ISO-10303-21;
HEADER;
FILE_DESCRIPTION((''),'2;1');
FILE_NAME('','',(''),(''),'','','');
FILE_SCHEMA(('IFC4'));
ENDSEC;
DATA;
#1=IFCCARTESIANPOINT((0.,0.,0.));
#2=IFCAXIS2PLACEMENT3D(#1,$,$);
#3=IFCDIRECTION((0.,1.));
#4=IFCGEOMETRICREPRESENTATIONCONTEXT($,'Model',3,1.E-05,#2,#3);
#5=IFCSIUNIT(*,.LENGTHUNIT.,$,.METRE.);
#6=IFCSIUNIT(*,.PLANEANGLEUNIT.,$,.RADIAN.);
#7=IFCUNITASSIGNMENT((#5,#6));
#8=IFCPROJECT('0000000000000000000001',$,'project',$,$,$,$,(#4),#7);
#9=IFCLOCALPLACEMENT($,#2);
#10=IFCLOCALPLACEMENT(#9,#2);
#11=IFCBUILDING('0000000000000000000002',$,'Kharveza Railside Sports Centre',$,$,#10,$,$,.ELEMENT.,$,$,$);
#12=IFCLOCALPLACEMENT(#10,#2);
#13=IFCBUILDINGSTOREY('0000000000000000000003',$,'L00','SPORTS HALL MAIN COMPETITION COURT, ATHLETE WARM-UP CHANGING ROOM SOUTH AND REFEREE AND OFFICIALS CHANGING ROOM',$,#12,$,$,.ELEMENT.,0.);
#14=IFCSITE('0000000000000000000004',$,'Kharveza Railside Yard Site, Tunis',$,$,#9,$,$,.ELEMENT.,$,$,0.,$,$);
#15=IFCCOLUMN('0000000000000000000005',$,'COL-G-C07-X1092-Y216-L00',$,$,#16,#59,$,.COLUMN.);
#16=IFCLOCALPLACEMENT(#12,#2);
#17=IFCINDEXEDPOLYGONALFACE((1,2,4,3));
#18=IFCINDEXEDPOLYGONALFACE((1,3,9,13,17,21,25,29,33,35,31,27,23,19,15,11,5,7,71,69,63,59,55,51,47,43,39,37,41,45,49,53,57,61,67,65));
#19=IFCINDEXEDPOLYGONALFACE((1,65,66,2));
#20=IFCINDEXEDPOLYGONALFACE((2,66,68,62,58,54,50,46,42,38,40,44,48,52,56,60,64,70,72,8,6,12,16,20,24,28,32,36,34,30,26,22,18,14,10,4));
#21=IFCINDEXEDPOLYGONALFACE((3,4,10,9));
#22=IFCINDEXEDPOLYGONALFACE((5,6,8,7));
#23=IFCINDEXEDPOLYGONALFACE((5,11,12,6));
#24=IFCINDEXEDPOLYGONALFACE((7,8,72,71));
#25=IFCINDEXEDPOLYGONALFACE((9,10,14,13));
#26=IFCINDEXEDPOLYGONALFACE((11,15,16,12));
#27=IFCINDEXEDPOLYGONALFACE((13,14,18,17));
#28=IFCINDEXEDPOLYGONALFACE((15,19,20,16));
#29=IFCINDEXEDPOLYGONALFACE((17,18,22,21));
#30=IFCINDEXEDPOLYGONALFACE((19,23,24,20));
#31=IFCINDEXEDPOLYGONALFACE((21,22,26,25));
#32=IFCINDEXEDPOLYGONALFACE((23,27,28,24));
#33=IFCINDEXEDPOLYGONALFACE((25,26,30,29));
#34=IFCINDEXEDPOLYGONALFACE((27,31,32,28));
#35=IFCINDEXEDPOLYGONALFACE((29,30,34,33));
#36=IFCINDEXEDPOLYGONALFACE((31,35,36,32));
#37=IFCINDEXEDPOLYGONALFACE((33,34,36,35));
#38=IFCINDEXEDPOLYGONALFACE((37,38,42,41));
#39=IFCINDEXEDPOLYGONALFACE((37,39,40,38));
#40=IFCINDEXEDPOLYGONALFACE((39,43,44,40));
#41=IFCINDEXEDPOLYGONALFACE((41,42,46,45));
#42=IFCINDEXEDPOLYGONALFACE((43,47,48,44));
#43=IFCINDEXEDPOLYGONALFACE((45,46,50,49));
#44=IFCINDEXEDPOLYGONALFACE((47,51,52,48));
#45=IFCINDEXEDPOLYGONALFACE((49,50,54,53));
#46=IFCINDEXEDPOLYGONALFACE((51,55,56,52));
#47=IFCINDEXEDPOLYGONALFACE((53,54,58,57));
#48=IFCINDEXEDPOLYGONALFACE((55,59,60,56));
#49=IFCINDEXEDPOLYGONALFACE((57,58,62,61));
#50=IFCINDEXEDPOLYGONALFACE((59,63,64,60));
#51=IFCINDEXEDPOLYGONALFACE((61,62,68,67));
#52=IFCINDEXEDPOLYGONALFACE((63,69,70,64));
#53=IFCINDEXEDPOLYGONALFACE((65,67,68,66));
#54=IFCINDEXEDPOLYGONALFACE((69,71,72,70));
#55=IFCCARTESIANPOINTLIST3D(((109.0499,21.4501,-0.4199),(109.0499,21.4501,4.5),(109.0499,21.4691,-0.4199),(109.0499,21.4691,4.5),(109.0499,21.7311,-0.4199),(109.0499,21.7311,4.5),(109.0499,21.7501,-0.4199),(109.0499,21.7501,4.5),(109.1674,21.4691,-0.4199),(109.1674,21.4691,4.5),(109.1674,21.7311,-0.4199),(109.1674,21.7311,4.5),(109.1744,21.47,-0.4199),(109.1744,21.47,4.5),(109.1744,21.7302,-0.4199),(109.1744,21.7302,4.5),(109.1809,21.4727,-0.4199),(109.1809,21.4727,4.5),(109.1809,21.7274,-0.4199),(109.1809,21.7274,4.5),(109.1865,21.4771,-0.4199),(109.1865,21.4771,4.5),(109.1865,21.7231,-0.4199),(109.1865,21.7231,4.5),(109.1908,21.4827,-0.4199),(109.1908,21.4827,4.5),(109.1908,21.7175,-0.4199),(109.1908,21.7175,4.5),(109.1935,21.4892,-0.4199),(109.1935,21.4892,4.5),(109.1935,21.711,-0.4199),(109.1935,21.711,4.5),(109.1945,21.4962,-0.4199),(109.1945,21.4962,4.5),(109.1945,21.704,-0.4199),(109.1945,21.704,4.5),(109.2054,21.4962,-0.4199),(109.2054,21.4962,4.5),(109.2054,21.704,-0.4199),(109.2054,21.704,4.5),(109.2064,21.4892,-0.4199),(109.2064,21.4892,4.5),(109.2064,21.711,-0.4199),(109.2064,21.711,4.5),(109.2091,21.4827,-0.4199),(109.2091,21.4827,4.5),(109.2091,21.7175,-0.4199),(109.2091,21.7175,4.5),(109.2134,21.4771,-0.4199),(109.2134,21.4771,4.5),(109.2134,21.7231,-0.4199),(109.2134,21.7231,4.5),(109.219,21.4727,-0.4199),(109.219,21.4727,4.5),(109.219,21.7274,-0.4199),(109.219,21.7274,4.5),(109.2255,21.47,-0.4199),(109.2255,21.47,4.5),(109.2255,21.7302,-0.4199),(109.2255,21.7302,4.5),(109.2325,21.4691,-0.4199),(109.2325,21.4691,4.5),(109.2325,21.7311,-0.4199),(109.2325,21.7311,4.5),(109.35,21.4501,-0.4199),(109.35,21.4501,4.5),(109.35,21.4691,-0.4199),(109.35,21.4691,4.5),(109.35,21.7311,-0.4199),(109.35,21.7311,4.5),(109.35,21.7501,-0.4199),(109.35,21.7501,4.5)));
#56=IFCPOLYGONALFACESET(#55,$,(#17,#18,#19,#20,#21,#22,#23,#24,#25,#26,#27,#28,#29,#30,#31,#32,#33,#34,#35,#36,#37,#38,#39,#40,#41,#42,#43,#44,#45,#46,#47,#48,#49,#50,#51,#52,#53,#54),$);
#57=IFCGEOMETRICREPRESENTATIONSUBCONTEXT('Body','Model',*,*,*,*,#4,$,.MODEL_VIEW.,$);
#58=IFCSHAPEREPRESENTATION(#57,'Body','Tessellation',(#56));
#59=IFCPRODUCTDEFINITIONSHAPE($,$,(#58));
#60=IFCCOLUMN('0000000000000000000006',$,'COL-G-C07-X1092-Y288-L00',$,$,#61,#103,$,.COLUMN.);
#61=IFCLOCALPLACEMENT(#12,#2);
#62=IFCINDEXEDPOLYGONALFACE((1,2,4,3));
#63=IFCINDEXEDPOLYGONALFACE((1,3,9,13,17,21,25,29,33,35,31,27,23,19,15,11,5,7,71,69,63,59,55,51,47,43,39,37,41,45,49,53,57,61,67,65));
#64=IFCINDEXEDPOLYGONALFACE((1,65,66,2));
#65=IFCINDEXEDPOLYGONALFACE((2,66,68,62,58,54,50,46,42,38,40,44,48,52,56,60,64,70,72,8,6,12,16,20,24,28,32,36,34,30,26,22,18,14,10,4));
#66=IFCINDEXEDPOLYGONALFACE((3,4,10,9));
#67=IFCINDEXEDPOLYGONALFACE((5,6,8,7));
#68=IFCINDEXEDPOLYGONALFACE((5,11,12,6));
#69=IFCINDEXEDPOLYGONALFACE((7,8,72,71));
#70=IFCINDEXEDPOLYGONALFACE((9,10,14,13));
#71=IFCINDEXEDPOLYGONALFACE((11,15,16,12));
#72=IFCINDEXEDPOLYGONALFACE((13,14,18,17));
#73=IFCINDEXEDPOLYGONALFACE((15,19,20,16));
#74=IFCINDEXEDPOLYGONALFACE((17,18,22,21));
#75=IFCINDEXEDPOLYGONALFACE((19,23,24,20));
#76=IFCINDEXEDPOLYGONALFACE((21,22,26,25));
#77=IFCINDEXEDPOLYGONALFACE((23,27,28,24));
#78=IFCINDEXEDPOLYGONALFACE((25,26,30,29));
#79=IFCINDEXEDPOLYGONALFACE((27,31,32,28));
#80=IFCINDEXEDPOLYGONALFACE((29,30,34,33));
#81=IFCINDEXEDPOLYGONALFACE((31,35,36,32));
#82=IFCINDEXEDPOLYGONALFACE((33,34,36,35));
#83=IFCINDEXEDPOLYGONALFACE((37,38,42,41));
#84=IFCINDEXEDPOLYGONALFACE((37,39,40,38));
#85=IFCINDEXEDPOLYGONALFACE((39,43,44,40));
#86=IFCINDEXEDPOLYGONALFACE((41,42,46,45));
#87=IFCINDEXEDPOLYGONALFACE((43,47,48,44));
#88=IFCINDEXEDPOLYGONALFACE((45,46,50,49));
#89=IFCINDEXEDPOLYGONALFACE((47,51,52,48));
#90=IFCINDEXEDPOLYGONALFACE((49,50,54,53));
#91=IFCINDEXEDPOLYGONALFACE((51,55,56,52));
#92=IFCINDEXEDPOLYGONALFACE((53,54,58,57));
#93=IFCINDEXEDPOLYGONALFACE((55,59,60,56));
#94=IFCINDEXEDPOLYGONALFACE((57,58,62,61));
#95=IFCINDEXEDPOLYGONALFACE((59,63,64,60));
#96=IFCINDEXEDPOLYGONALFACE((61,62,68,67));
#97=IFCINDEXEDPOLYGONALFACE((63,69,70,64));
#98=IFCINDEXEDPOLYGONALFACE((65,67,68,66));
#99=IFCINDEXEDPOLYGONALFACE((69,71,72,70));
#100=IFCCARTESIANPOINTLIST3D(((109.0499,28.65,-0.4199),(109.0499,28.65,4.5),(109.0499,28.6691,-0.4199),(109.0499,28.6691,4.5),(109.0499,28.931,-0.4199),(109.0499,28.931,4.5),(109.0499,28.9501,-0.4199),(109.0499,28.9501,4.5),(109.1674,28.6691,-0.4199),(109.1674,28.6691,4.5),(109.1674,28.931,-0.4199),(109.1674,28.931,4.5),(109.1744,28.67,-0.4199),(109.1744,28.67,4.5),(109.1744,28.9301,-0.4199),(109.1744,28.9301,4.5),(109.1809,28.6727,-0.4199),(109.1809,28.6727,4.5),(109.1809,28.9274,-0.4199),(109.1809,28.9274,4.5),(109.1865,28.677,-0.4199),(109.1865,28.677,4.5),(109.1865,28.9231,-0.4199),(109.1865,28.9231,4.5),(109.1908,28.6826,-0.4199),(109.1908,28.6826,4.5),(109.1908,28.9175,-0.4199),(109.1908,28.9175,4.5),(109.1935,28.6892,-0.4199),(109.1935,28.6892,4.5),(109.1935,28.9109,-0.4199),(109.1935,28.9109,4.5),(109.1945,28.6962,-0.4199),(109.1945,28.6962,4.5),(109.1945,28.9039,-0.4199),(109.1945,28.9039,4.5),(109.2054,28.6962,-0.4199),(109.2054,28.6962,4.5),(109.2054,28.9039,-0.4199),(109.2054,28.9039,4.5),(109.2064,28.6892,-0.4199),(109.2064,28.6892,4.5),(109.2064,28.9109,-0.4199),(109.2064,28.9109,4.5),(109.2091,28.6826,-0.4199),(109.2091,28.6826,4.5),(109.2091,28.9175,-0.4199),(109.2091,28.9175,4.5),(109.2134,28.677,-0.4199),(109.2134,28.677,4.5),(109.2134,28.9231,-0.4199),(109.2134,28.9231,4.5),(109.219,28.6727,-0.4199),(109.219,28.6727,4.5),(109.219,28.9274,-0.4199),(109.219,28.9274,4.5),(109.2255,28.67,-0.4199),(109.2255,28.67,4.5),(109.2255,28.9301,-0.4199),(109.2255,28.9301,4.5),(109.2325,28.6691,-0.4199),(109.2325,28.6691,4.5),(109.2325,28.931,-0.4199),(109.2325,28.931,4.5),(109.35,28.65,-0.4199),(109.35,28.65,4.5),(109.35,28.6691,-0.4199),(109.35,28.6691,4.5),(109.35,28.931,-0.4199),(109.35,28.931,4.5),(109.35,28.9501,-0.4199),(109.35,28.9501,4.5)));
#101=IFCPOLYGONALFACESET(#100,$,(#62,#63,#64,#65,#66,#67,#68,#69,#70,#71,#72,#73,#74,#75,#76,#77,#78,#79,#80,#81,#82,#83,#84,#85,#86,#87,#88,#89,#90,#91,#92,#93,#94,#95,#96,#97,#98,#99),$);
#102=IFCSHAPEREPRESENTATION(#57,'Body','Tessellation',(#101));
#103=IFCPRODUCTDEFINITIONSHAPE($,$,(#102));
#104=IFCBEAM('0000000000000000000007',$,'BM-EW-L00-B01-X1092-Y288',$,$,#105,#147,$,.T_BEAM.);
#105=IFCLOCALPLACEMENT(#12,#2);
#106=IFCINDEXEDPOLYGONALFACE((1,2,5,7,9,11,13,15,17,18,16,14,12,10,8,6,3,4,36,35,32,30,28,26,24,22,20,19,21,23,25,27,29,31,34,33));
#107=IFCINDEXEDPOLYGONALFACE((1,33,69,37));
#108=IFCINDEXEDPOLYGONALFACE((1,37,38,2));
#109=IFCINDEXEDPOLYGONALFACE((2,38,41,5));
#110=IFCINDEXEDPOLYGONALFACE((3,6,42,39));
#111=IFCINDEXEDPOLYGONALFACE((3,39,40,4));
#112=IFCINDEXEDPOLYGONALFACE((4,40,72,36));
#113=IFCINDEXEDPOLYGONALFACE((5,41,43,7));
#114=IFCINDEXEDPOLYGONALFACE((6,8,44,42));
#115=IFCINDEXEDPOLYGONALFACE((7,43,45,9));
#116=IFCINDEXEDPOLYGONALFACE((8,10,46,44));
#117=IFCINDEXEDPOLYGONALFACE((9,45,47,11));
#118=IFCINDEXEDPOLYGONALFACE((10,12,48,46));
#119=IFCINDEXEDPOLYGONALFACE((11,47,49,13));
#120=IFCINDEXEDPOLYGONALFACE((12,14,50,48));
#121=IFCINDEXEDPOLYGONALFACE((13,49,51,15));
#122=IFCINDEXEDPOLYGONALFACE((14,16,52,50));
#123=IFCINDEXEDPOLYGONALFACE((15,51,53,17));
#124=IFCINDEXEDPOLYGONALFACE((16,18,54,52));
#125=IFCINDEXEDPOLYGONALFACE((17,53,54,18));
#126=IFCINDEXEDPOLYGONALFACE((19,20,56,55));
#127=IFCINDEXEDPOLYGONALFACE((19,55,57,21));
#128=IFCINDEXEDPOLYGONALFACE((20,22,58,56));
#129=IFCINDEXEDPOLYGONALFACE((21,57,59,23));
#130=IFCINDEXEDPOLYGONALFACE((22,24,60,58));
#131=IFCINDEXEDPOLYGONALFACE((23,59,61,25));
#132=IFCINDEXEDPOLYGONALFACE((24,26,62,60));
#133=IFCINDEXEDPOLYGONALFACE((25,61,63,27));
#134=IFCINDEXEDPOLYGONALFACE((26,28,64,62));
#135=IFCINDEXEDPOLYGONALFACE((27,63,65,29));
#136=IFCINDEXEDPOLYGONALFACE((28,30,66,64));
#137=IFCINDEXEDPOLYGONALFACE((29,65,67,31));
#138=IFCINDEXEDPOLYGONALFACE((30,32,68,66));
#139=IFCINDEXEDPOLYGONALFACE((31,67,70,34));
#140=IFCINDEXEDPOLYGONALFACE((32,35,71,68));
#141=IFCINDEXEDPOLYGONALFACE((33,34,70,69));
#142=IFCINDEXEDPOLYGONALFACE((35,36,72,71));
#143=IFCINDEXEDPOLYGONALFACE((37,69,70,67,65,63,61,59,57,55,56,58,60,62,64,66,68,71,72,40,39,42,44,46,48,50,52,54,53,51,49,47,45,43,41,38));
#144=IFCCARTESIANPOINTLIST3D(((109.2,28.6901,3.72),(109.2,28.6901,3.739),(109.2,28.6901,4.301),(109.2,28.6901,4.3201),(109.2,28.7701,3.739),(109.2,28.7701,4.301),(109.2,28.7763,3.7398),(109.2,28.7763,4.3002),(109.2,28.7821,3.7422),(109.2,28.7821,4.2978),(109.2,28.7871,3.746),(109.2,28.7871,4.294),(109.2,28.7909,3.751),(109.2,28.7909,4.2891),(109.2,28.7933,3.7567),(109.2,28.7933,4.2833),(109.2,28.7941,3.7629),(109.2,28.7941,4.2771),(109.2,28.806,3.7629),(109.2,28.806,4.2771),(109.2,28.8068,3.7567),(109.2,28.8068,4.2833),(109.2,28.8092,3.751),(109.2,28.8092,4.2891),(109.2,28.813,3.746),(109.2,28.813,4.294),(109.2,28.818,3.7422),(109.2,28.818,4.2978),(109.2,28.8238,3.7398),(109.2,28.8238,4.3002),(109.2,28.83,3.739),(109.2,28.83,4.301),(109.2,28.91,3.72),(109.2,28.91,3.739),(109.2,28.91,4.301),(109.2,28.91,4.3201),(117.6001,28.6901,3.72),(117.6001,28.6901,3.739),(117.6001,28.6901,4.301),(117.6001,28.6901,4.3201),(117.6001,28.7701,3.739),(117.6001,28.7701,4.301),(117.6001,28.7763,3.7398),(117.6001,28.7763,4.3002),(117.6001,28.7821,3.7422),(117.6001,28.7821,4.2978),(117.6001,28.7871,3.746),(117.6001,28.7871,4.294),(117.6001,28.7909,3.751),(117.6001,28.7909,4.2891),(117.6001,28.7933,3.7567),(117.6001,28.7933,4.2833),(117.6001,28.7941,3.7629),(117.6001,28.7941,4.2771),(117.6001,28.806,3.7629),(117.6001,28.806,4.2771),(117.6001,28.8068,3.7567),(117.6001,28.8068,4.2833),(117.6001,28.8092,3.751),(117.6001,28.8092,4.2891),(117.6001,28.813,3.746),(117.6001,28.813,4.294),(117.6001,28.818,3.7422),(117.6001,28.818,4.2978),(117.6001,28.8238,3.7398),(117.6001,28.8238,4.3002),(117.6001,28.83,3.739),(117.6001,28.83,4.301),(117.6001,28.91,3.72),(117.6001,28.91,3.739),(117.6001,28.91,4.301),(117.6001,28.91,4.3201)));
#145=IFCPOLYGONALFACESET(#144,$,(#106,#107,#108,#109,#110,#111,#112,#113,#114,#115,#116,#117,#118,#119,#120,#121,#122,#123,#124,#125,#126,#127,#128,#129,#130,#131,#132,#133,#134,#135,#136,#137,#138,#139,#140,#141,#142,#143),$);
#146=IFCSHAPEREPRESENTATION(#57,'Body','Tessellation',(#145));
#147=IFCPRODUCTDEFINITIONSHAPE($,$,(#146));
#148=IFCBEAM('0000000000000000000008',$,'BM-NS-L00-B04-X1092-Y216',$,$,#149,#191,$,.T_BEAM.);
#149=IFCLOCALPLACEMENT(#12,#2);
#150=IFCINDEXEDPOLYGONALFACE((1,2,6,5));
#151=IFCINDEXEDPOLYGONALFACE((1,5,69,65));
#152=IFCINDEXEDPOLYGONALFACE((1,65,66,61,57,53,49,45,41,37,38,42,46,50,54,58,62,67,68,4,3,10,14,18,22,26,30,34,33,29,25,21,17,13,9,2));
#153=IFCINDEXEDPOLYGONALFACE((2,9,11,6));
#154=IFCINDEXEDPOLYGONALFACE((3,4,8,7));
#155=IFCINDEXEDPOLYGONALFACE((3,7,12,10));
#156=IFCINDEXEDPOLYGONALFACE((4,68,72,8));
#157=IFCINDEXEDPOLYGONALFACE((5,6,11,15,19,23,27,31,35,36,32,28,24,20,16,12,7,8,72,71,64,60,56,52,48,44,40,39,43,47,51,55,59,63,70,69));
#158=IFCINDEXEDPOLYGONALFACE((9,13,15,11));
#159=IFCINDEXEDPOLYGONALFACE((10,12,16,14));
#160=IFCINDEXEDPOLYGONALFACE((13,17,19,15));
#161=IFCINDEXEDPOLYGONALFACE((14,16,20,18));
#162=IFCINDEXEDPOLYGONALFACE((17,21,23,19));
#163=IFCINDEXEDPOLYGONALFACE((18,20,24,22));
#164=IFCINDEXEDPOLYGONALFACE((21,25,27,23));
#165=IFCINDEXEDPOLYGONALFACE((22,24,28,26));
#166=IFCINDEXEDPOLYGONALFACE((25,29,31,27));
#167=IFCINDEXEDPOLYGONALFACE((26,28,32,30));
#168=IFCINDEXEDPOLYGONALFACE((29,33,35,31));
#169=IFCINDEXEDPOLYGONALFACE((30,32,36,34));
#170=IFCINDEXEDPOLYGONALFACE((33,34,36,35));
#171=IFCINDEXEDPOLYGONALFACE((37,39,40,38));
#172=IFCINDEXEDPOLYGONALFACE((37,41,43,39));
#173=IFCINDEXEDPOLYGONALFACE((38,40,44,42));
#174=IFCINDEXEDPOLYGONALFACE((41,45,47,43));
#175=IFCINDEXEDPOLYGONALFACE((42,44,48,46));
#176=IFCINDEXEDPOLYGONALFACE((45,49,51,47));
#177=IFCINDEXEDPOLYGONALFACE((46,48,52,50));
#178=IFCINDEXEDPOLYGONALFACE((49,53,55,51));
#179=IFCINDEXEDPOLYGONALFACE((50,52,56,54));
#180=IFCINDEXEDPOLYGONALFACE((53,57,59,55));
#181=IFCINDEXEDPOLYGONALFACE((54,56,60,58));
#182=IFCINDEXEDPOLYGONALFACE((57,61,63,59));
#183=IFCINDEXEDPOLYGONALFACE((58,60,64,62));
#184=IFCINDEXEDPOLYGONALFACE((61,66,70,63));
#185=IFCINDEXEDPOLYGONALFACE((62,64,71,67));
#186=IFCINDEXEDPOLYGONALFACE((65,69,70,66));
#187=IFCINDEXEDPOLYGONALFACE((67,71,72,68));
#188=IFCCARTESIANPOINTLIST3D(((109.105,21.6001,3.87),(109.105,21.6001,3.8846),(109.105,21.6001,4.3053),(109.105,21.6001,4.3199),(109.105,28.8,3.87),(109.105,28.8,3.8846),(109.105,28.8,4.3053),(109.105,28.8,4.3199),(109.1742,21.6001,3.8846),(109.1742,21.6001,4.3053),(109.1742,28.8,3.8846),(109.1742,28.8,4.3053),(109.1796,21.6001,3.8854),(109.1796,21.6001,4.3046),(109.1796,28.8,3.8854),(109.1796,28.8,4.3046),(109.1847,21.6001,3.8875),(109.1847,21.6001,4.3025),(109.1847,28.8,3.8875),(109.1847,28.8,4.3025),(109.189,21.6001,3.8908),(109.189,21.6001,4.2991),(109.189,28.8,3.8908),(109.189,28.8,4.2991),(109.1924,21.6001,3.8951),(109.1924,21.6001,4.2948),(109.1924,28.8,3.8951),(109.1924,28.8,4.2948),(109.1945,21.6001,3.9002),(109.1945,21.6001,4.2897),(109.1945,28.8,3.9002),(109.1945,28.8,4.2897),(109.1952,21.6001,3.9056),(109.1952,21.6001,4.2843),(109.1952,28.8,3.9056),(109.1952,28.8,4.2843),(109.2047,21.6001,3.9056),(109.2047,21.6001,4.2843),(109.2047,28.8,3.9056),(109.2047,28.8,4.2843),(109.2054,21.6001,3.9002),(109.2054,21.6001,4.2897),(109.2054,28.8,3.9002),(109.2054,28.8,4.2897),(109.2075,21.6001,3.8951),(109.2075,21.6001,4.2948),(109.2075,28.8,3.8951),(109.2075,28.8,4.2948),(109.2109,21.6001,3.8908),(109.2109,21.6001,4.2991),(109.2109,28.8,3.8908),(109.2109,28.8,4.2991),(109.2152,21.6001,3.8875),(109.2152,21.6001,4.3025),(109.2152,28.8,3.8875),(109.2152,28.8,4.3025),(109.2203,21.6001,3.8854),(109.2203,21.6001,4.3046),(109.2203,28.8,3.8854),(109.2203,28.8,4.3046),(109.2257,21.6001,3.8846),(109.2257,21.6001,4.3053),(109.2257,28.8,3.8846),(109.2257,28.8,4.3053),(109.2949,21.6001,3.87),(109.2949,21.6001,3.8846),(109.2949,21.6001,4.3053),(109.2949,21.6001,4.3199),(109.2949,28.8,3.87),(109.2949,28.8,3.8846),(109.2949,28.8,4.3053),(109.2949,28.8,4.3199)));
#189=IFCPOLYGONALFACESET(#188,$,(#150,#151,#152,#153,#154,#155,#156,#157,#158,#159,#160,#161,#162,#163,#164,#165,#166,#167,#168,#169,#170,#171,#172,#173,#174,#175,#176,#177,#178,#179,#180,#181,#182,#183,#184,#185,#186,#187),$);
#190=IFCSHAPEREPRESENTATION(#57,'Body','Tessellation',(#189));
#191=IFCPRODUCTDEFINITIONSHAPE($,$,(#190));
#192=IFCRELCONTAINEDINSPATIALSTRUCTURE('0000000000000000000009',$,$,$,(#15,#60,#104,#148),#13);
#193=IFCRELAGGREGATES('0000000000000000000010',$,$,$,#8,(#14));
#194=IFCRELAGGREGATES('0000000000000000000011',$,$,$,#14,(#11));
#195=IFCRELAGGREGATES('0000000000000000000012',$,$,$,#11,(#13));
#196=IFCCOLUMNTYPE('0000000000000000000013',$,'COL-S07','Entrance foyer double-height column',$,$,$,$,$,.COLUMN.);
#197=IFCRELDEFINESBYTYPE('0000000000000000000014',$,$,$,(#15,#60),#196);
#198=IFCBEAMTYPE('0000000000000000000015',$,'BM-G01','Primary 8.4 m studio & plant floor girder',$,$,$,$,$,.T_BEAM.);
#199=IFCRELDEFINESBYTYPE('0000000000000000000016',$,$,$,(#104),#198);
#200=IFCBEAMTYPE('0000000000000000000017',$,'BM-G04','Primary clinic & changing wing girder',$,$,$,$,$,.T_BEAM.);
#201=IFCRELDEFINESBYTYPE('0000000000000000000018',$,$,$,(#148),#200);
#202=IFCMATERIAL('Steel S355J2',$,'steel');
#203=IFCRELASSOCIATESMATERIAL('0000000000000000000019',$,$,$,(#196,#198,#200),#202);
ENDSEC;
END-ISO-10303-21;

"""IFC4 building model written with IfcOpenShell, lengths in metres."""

from ifc_helpers import new_model, si_unit, direction, frame, origin, origin_2d, place, context, subcontext, project, spatial, i_section, extrude, material, material_profile, profile_set, type_object, element, save


model = new_model("IFC4")

# Units and contexts
model_context = context("Model", 3, precision=1e-05, world=origin(), true_north=direction((0.0, 1.0)))
body_context = subcontext(model_context, "Body", "Model", "MODEL_VIEW")
ifc_project = project(units=[si_unit("LENGTHUNIT", "METRE"), si_unit("PLANEANGLEUNIT", "RADIAN")], contexts=[model_context])

# Site, building, storey
site_placement = place(None, origin())
site = spatial("IfcSite", under=ifc_project, at=site_placement, Name="Kharveza Railside Yard Site, Tunis", CompositionType="ELEMENT", RefElevation=0.0)
building_placement = place(site_placement, origin())
building = spatial("IfcBuilding", under=site, at=building_placement, Name="Kharveza Railside Sports Centre", CompositionType="ELEMENT")
storey_placement = place(building_placement, origin())
storey = spatial("IfcBuildingStorey", under=building, at=storey_placement, Name="L00", Description="SPORTS HALL MAIN COMPETITION COURT, ATHLETE WARM-UP CHANGING ROOM SOUTH AND REFEREE AND OFFICIALS CHANGING ROOM", CompositionType="ELEMENT", Elevation=0.0)

# Columns
ifc_material_1 = material(Name="Steel S355J2", Category="steel")
ifc_material_profile_1 = material_profile(ifc_material_1, i_section(OverallWidth=0.3, OverallDepth=0.3, WebThickness=0.011, FlangeThickness=0.019, FilletRadius=0.0271, at=origin_2d()), Name="HEB 300")
ifc_profile_set_1 = profile_set([ifc_material_profile_1], Name="Steel S355J2")
column_type = type_object("IfcColumnType", Name="COL-S07", Description="Entrance foyer double-height column", PredefinedType="COLUMN", material=ifc_profile_set_1)
for number, where, z_axis, x_axis, name in (
    (1, (109.2, 21.6001, -0.4199), (0.0, 0.0, 1.0), (1.0, 0.0, 0.0), "COL-G-C07-X1092-Y216-L00"),
    (2, (109.2, 28.8, -0.4199), (0.0, 0.0, 1.0), (1.0, 0.0, 0.0), "COL-G-C07-X1092-Y288-L00"),
):
    element("IfcColumn", number, at=place(storey_placement, frame(where, z_axis=z_axis, x_axis=x_axis)), inside=storey, type_object=column_type, Name=name, PredefinedType="COLUMN", context=body_context, shape_type="SweptSolid", body=[
        extrude(i_section(OverallWidth=0.3, OverallDepth=0.3, WebThickness=0.011, FlangeThickness=0.019, FilletRadius=0.0271, at=origin_2d()), origin(), (0.0, 0.0, 1.0), 4.9199),
    ])

# Beams
ifc_material_profile_2 = material_profile(ifc_material_1, i_section(OverallWidth=0.22, OverallDepth=0.6001, WebThickness=0.012, FlangeThickness=0.019, FilletRadius=0.0239, at=origin_2d()), Name="IPE 600")
ifc_profile_set_2 = profile_set([ifc_material_profile_2], Name="Steel S355J2")
beam_type_1 = type_object("IfcBeamType", Name="BM-G01", Description="Primary 8.4 m studio & plant floor girder", PredefinedType="T_BEAM", material=ifc_profile_set_2)
beam_1_placement = place(storey_placement, frame((109.2, 28.8, 4.02), z_axis=(1.0, 0.0, 0.0), x_axis=(0.0, 1.0, 0.0)))
element("IfcBeam", 3, at=beam_1_placement, inside=storey, type_object=beam_type_1, Name="BM-EW-L00-B01-X1092-Y288", PredefinedType="T_BEAM", context=body_context, shape_type="SweptSolid", body=[
    extrude(i_section(OverallWidth=0.22, OverallDepth=0.6001, WebThickness=0.012, FlangeThickness=0.019, FilletRadius=0.0239, at=origin_2d()), origin(), (0.0, 0.0, 1.0), 8.4001),
])
ifc_material_profile_3 = material_profile(ifc_material_1, i_section(OverallWidth=0.1899, OverallDepth=0.45, WebThickness=0.0095, FlangeThickness=0.0146, FilletRadius=0.021, at=origin_2d()), Name="IPE 450")
ifc_profile_set_3 = profile_set([ifc_material_profile_3], Name="Steel S355J2")
beam_type_2 = type_object("IfcBeamType", Name="BM-G04", Description="Primary clinic & changing wing girder", PredefinedType="T_BEAM", material=ifc_profile_set_3)
for number, where, z_axis, x_axis, name in (
    (4, (109.2, 21.6001, 4.095), (0.0, 1.0, 0.0), (-1.0, 0.0, 0.0), "BM-NS-L00-B04-X1092-Y216"),
):
    element("IfcBeam", number, at=place(storey_placement, frame(where, z_axis=z_axis, x_axis=x_axis)), inside=storey, type_object=beam_type_2, Name=name, PredefinedType="T_BEAM", context=body_context, shape_type="SweptSolid", body=[
        extrude(i_section(OverallWidth=0.1899, OverallDepth=0.45, WebThickness=0.0095, FlangeThickness=0.0146, FilletRadius=0.021, at=origin_2d()), origin(), (0.0, 0.0, 1.0), 7.2),
    ])

save(model, "model.ifc")
